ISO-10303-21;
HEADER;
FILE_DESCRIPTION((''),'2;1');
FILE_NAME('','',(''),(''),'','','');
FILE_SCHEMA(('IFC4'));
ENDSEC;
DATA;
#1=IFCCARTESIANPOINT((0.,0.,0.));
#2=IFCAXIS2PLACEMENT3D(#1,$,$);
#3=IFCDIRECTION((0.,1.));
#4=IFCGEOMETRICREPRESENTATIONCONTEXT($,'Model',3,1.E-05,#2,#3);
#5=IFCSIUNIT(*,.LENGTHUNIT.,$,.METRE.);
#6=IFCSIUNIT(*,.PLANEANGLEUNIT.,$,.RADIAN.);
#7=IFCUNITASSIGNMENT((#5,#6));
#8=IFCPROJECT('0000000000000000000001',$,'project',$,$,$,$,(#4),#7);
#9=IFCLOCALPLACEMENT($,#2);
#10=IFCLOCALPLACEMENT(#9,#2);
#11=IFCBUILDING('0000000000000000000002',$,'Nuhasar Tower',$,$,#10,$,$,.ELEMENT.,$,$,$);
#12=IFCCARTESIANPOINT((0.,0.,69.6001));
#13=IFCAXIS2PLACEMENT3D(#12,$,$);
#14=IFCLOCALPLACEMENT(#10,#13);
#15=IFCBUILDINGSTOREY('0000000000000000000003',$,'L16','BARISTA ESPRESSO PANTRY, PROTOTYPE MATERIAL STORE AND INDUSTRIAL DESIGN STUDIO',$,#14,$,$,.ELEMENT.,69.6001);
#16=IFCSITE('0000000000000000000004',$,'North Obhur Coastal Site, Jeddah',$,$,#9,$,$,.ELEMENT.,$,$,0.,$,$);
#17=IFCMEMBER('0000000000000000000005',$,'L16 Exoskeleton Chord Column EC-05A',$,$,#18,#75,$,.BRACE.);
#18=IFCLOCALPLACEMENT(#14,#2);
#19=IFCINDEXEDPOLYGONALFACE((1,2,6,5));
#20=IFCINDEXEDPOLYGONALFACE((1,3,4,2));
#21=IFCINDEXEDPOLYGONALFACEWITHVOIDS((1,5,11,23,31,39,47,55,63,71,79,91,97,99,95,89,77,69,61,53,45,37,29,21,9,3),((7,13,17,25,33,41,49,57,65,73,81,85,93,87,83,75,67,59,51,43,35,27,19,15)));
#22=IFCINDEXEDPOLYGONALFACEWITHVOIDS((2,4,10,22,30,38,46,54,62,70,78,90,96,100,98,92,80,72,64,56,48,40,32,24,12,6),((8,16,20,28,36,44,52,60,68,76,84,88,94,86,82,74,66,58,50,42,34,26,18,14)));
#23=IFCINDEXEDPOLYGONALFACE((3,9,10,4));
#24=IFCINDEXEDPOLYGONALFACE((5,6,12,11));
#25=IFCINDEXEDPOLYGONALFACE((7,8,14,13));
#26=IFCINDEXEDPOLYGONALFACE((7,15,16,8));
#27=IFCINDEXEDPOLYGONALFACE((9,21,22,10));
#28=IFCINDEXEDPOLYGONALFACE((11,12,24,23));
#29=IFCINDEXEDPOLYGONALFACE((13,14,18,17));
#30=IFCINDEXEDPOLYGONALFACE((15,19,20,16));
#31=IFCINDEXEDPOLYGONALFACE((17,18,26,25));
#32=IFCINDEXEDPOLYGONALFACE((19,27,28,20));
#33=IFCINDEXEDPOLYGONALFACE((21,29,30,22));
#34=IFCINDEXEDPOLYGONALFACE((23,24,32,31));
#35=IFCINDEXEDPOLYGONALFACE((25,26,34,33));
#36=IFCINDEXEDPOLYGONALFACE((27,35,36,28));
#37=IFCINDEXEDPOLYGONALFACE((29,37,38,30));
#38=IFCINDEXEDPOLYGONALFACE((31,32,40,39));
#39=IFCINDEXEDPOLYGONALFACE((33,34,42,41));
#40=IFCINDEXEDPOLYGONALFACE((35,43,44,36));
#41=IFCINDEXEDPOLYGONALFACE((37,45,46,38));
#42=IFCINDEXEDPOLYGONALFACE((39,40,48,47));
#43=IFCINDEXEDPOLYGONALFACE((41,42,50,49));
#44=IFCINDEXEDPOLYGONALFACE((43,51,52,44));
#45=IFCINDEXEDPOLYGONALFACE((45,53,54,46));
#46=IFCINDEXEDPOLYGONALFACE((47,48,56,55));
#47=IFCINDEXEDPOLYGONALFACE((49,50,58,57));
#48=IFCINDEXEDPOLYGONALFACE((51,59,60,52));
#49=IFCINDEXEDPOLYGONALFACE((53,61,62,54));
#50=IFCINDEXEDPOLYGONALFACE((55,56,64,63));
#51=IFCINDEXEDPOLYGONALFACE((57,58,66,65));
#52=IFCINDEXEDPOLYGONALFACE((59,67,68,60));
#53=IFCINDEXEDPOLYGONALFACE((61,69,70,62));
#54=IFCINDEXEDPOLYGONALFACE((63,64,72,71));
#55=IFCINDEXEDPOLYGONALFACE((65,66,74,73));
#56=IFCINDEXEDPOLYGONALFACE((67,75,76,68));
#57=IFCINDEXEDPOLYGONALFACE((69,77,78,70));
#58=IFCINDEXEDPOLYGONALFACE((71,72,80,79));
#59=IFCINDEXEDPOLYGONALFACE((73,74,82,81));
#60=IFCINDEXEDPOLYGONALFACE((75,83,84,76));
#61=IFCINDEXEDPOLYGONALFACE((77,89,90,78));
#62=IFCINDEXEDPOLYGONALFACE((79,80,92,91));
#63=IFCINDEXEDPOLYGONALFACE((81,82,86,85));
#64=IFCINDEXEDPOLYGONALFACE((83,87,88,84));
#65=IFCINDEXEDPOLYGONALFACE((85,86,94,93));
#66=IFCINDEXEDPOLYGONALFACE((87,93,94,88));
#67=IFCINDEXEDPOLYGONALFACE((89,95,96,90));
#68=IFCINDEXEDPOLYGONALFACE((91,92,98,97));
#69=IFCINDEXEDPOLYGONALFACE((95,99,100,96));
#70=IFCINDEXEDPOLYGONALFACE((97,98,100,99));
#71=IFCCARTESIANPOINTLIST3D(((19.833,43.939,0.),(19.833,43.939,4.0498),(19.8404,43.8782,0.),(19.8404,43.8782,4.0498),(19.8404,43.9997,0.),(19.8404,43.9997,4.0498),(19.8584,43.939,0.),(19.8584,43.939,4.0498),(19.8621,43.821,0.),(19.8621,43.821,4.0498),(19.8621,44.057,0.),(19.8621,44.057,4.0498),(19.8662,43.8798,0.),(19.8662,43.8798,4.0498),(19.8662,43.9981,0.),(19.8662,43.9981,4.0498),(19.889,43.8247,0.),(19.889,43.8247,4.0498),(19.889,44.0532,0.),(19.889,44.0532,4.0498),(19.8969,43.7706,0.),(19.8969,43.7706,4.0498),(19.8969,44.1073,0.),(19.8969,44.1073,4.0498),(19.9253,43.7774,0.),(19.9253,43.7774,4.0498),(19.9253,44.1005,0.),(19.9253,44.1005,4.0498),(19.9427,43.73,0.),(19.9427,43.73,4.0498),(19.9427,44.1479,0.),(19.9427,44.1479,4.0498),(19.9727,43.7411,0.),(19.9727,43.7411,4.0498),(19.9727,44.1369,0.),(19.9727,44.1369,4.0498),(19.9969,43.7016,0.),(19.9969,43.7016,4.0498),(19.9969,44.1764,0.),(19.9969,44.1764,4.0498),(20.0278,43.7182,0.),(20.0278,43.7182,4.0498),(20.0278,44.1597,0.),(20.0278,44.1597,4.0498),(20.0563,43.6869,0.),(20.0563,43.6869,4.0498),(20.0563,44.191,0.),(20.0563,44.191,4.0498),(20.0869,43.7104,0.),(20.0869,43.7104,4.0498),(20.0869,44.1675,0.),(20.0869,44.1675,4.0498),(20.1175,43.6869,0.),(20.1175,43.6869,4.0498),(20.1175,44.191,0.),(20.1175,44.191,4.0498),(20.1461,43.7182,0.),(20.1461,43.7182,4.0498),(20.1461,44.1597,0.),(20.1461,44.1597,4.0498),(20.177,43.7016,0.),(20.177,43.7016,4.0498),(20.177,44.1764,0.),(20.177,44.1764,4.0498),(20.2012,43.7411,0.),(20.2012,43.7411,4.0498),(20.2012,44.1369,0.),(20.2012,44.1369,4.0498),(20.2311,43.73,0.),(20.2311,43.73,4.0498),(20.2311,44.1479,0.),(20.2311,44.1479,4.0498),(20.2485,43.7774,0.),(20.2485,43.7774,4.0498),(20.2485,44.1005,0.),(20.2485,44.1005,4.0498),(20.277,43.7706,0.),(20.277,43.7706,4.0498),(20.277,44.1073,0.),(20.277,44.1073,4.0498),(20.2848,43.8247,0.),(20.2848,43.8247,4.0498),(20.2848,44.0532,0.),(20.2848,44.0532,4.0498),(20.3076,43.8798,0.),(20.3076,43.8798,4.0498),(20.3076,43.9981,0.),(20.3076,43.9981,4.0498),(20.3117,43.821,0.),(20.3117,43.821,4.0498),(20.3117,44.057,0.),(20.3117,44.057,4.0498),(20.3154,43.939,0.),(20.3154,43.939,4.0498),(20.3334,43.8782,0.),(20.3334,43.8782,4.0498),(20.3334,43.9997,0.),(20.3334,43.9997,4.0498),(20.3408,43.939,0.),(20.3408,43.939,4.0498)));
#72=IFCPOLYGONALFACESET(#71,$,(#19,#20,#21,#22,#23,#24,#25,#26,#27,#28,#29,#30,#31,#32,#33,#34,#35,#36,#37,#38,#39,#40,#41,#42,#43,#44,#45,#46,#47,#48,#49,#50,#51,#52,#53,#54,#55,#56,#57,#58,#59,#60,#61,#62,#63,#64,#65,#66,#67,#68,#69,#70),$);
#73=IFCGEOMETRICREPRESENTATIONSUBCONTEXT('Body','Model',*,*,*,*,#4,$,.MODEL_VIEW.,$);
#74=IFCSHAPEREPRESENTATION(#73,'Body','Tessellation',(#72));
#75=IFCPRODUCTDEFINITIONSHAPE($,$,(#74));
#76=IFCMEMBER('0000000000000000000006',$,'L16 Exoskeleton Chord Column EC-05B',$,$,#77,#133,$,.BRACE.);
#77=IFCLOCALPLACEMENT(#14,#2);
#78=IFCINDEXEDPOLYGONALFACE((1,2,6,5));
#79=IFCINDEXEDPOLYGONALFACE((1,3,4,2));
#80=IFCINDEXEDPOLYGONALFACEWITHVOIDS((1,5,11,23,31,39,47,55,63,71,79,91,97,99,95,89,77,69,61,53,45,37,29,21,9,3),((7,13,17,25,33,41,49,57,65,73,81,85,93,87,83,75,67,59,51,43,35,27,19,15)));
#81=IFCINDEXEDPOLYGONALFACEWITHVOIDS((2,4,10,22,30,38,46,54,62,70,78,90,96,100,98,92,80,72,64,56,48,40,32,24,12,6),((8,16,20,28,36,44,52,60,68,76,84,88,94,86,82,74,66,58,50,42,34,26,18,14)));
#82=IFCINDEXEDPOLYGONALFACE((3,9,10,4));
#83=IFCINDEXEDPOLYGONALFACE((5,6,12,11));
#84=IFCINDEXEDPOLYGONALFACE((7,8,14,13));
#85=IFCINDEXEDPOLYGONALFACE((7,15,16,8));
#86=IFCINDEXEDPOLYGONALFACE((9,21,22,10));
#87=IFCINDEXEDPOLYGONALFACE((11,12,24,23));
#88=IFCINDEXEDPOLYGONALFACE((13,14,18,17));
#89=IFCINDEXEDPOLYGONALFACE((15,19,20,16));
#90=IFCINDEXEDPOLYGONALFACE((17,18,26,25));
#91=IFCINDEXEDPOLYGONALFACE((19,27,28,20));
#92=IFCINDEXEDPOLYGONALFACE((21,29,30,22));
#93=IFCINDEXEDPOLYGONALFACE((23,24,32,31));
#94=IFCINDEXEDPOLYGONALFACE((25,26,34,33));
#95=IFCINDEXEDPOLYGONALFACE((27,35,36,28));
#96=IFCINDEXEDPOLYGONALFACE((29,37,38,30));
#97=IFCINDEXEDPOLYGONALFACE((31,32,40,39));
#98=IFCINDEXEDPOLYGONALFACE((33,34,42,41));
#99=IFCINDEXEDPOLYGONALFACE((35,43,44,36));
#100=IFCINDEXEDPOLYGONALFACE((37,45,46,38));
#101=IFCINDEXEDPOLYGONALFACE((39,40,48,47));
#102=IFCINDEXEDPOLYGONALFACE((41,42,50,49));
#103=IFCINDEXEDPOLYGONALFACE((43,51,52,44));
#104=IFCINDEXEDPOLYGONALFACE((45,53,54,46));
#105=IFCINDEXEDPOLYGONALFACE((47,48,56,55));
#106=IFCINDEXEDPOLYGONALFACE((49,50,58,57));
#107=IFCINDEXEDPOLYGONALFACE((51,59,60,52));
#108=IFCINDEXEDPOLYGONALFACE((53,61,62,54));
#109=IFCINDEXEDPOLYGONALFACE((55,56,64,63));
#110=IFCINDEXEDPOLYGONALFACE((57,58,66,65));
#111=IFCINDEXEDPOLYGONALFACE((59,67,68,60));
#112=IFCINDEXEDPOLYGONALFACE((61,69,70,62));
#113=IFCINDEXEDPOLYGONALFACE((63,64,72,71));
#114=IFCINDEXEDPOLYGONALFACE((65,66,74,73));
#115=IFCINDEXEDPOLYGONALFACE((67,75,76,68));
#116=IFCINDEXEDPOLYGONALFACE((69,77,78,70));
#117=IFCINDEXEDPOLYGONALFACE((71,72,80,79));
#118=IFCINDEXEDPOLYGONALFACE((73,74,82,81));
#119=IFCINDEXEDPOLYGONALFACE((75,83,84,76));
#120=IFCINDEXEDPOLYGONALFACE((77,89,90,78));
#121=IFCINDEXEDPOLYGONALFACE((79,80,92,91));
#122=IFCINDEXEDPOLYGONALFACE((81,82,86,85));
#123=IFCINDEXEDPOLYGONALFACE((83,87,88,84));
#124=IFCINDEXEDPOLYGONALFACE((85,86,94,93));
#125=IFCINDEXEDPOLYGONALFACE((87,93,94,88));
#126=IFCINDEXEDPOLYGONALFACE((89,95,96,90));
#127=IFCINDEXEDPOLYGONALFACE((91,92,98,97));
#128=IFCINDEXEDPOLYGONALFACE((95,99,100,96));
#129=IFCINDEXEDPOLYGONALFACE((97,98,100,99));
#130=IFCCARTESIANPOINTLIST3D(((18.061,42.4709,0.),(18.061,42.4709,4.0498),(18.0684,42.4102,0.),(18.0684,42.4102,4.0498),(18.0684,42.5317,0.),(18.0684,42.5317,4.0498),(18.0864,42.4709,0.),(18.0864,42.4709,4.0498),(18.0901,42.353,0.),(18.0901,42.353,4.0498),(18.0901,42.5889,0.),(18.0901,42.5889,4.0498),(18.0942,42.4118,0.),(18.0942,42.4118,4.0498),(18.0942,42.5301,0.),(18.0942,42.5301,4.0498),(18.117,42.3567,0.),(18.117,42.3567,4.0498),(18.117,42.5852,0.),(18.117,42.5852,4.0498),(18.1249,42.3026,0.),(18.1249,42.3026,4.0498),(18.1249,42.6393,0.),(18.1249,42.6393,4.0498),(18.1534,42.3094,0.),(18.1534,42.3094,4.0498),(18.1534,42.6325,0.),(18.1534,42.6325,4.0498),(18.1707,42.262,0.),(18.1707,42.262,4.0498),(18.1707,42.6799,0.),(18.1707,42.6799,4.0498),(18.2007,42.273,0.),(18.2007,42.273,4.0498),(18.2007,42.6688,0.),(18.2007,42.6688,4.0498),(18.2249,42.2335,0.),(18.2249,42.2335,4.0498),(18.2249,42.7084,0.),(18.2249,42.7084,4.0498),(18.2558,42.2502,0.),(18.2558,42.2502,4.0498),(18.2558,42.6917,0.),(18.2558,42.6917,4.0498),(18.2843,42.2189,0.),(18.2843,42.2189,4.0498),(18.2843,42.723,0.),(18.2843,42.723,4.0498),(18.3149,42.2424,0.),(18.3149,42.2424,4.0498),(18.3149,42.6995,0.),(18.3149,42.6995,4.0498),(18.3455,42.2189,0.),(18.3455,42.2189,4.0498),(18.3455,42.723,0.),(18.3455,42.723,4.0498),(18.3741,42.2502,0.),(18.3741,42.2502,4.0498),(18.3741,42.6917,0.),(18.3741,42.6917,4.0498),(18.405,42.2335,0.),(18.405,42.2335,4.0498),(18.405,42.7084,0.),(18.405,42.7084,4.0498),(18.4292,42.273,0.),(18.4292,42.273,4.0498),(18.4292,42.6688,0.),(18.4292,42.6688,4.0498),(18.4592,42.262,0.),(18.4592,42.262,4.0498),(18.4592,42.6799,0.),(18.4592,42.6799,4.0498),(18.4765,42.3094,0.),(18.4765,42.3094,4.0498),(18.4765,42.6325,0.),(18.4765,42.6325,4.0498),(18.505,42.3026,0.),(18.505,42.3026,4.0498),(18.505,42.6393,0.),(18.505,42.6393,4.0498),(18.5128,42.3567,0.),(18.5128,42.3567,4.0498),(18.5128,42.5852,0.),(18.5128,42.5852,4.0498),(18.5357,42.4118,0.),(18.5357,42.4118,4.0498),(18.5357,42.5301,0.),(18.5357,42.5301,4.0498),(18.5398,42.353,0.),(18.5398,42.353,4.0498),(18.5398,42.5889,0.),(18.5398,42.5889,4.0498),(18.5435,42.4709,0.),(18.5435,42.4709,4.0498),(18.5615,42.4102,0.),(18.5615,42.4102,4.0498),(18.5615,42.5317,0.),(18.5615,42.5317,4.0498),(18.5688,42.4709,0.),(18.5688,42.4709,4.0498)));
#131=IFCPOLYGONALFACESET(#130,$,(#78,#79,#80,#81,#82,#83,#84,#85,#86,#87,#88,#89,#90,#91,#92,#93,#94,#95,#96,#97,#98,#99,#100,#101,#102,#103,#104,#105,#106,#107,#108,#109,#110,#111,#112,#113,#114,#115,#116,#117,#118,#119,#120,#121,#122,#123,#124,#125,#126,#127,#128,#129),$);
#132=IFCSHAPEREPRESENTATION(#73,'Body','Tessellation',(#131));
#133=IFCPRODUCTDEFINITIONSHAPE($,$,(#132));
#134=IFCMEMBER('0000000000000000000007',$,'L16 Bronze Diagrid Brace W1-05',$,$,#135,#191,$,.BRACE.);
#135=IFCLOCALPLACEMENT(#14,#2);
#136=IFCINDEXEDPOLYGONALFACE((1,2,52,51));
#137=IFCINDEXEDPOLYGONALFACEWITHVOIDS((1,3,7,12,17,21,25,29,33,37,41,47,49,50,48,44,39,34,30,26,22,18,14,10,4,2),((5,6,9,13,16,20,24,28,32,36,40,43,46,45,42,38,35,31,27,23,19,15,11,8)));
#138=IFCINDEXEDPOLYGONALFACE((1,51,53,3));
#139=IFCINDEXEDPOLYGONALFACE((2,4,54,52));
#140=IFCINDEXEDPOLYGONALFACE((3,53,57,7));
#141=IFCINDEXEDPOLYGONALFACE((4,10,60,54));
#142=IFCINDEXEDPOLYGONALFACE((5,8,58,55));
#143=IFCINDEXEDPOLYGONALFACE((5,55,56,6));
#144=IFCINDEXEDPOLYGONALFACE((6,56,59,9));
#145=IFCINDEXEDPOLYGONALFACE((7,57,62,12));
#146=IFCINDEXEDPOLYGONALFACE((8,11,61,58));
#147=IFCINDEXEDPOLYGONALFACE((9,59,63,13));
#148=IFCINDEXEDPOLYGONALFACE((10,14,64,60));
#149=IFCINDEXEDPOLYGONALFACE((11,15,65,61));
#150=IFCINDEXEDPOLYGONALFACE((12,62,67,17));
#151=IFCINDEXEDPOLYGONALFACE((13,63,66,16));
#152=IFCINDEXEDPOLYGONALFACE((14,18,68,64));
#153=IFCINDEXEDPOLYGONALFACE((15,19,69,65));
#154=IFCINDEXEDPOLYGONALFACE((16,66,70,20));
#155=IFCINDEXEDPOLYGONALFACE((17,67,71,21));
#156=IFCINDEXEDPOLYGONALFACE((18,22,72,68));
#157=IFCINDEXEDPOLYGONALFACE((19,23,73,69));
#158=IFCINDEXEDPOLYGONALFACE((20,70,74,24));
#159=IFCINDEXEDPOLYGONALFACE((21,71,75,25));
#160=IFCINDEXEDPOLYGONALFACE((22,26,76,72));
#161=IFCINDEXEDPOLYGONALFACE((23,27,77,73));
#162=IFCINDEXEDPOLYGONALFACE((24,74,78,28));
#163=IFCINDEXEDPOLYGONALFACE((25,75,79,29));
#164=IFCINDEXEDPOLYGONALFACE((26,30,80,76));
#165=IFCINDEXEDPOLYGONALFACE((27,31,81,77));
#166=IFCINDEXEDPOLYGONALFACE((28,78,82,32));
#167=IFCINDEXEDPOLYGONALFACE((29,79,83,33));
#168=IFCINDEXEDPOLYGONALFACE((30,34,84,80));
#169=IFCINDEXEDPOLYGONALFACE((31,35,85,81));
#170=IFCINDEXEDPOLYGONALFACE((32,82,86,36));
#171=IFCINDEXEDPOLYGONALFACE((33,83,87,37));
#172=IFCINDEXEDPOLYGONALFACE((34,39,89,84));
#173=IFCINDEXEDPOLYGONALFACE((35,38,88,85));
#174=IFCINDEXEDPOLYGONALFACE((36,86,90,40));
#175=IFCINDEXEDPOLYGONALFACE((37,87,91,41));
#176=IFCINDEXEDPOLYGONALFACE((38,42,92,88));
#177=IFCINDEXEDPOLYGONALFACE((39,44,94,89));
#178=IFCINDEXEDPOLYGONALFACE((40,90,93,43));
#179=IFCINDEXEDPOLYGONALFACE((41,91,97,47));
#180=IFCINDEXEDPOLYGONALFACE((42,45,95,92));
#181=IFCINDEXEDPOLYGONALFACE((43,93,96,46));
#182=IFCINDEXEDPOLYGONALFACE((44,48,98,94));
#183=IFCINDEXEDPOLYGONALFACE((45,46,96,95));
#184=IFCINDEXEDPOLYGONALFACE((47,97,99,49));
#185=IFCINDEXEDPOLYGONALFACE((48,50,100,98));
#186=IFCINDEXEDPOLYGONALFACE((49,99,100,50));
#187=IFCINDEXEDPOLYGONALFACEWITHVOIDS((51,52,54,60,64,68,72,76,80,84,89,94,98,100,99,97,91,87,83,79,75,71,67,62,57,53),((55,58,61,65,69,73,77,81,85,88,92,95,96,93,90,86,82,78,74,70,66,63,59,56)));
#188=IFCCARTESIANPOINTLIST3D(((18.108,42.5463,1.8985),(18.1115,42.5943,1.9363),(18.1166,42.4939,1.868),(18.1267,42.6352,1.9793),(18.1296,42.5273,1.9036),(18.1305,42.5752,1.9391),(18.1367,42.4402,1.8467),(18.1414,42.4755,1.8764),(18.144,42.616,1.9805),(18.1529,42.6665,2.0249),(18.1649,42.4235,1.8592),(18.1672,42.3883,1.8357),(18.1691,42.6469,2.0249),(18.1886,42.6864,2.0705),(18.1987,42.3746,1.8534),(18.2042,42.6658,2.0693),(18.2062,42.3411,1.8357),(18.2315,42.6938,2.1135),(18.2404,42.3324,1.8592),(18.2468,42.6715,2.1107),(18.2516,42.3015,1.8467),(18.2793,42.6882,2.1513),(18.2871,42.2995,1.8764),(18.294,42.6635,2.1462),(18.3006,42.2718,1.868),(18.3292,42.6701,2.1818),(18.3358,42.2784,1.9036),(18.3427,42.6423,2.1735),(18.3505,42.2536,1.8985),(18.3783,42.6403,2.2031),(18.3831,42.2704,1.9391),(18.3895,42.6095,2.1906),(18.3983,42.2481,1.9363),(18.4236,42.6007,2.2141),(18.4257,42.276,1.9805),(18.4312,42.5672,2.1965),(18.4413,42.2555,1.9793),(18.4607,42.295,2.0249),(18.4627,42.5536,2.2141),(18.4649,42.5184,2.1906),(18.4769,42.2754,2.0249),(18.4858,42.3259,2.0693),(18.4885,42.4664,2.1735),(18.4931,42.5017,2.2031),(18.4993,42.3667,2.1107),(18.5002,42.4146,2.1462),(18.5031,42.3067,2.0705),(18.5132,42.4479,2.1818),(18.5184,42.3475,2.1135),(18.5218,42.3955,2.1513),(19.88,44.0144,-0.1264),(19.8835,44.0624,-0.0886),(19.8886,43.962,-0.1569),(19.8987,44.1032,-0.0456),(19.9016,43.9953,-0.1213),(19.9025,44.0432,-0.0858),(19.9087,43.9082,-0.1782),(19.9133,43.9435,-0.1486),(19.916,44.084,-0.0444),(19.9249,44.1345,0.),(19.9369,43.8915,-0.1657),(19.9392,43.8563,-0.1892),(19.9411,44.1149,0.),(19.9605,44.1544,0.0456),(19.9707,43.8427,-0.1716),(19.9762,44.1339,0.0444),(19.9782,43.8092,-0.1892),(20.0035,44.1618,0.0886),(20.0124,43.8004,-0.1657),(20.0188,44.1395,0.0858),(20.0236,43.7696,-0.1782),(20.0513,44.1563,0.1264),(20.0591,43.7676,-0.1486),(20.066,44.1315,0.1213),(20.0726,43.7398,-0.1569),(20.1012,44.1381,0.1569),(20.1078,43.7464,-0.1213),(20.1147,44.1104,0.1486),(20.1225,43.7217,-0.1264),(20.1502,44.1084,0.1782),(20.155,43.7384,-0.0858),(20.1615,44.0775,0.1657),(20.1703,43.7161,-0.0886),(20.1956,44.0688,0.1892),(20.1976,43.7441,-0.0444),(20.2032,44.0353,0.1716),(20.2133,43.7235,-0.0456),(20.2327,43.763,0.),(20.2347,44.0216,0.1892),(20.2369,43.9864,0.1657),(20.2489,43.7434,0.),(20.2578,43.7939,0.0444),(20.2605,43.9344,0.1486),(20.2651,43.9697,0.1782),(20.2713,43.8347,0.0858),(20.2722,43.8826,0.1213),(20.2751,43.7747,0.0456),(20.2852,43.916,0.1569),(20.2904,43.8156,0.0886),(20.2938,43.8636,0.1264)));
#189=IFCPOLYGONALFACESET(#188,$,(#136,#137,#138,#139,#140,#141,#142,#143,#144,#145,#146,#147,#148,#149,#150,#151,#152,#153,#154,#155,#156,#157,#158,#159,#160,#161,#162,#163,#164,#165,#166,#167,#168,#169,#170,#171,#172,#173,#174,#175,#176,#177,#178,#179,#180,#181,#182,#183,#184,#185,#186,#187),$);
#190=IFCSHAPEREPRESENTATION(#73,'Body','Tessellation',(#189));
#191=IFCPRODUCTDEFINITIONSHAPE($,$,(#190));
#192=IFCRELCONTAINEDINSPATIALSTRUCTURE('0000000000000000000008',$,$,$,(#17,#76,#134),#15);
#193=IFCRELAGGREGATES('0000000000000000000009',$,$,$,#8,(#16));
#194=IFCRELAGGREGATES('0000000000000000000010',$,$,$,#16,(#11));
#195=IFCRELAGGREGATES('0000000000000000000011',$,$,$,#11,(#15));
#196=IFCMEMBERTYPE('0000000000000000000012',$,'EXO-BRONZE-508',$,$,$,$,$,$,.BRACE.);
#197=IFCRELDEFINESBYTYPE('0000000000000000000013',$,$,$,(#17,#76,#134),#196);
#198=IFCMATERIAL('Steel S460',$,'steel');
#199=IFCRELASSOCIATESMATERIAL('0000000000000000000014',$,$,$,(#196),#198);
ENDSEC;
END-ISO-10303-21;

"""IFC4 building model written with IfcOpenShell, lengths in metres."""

from ifc_helpers import new_model, si_unit, direction, frame, origin, origin_2d, place, context, subcontext, project, spatial, hollow_circle, extrude, material, material_profile, profile_set, type_object, element, save


model = new_model("IFC4")

# Units and contexts
model_context = context("Model", 3, precision=1e-05, world=origin(), true_north=direction((0.0, 1.0)))
body_context = subcontext(model_context, "Body", "Model", "MODEL_VIEW")
ifc_project = project(units=[si_unit("LENGTHUNIT", "METRE"), si_unit("PLANEANGLEUNIT", "RADIAN")], contexts=[model_context])

# Site, building, storey
site_placement = place(None, origin())
site = spatial("IfcSite", under=ifc_project, at=site_placement, Name="North Obhur Coastal Site, Jeddah", CompositionType="ELEMENT", RefElevation=0.0)
building_placement = place(site_placement, origin())
building = spatial("IfcBuilding", under=site, at=building_placement, Name="Nuhasar Tower", CompositionType="ELEMENT")
storey_placement = place(building_placement, frame((0.0, 0.0, 69.6001)))
storey = spatial("IfcBuildingStorey", under=building, at=storey_placement, Name="L16", Description="BARISTA ESPRESSO PANTRY, PROTOTYPE MATERIAL STORE AND INDUSTRIAL DESIGN STUDIO", CompositionType="ELEMENT", Elevation=69.6001)

# Members
ifc_material_1 = material(Name="Steel S460", Category="steel")
ifc_material_profile_1 = material_profile(ifc_material_1, hollow_circle(Radius=0.2539, WallThickness=0.0254, at=origin_2d()), Name="HSS508X25.4")
ifc_profile_set_1 = profile_set([ifc_material_profile_1], Name="Steel S460")
member_type_1 = type_object("IfcMemberType", Name="EXO-BRONZE-508", PredefinedType="BRACE", material=ifc_profile_set_1)
for number, where, z_axis, x_axis, name in (
    (1, (20.0869, 43.939, 0.0), (0.0, 0.0, 1.0), (1.0, 0.0, 0.0), "L16 Exoskeleton Chord Column EC-05A"),
    (2, (18.3149, 42.4709, 0.0), (0.0, 0.0, 1.0), (1.0, 0.0, 0.0), "L16 Exoskeleton Chord Column EC-05B"),
):
    element("IfcMember", number, at=place(storey_placement, frame(where, z_axis=z_axis, x_axis=x_axis)), inside=storey, type_object=member_type_1, Name=name, PredefinedType="BRACE", context=body_context, shape_type="SweptSolid", body=[
        extrude(hollow_circle(Radius=0.2539, WallThickness=0.0254, at=origin_2d()), origin(), (0.0, 0.0, 1.0), 4.0498),
    ])
for number, where, z_axis, x_axis, name in (
    (3, (20.0869, 43.939, 0.0), (-0.578102, -0.478937, 0.660619), (0.637969, -0.770062, 0.0), "L16 Bronze Diagrid Brace W1-05"),
):
    element("IfcMember", number, at=place(storey_placement, frame(where, z_axis=z_axis, x_axis=x_axis)), inside=storey, type_object=member_type_1, Name=name, PredefinedType="BRACE", context=body_context, shape_type="SweptSolid", body=[
        extrude(hollow_circle(Radius=0.2539, WallThickness=0.0254, at=origin_2d()), origin(), (0.0, 0.0, 1.0), 3.0652),
    ])

save(model, "model.ifc")
